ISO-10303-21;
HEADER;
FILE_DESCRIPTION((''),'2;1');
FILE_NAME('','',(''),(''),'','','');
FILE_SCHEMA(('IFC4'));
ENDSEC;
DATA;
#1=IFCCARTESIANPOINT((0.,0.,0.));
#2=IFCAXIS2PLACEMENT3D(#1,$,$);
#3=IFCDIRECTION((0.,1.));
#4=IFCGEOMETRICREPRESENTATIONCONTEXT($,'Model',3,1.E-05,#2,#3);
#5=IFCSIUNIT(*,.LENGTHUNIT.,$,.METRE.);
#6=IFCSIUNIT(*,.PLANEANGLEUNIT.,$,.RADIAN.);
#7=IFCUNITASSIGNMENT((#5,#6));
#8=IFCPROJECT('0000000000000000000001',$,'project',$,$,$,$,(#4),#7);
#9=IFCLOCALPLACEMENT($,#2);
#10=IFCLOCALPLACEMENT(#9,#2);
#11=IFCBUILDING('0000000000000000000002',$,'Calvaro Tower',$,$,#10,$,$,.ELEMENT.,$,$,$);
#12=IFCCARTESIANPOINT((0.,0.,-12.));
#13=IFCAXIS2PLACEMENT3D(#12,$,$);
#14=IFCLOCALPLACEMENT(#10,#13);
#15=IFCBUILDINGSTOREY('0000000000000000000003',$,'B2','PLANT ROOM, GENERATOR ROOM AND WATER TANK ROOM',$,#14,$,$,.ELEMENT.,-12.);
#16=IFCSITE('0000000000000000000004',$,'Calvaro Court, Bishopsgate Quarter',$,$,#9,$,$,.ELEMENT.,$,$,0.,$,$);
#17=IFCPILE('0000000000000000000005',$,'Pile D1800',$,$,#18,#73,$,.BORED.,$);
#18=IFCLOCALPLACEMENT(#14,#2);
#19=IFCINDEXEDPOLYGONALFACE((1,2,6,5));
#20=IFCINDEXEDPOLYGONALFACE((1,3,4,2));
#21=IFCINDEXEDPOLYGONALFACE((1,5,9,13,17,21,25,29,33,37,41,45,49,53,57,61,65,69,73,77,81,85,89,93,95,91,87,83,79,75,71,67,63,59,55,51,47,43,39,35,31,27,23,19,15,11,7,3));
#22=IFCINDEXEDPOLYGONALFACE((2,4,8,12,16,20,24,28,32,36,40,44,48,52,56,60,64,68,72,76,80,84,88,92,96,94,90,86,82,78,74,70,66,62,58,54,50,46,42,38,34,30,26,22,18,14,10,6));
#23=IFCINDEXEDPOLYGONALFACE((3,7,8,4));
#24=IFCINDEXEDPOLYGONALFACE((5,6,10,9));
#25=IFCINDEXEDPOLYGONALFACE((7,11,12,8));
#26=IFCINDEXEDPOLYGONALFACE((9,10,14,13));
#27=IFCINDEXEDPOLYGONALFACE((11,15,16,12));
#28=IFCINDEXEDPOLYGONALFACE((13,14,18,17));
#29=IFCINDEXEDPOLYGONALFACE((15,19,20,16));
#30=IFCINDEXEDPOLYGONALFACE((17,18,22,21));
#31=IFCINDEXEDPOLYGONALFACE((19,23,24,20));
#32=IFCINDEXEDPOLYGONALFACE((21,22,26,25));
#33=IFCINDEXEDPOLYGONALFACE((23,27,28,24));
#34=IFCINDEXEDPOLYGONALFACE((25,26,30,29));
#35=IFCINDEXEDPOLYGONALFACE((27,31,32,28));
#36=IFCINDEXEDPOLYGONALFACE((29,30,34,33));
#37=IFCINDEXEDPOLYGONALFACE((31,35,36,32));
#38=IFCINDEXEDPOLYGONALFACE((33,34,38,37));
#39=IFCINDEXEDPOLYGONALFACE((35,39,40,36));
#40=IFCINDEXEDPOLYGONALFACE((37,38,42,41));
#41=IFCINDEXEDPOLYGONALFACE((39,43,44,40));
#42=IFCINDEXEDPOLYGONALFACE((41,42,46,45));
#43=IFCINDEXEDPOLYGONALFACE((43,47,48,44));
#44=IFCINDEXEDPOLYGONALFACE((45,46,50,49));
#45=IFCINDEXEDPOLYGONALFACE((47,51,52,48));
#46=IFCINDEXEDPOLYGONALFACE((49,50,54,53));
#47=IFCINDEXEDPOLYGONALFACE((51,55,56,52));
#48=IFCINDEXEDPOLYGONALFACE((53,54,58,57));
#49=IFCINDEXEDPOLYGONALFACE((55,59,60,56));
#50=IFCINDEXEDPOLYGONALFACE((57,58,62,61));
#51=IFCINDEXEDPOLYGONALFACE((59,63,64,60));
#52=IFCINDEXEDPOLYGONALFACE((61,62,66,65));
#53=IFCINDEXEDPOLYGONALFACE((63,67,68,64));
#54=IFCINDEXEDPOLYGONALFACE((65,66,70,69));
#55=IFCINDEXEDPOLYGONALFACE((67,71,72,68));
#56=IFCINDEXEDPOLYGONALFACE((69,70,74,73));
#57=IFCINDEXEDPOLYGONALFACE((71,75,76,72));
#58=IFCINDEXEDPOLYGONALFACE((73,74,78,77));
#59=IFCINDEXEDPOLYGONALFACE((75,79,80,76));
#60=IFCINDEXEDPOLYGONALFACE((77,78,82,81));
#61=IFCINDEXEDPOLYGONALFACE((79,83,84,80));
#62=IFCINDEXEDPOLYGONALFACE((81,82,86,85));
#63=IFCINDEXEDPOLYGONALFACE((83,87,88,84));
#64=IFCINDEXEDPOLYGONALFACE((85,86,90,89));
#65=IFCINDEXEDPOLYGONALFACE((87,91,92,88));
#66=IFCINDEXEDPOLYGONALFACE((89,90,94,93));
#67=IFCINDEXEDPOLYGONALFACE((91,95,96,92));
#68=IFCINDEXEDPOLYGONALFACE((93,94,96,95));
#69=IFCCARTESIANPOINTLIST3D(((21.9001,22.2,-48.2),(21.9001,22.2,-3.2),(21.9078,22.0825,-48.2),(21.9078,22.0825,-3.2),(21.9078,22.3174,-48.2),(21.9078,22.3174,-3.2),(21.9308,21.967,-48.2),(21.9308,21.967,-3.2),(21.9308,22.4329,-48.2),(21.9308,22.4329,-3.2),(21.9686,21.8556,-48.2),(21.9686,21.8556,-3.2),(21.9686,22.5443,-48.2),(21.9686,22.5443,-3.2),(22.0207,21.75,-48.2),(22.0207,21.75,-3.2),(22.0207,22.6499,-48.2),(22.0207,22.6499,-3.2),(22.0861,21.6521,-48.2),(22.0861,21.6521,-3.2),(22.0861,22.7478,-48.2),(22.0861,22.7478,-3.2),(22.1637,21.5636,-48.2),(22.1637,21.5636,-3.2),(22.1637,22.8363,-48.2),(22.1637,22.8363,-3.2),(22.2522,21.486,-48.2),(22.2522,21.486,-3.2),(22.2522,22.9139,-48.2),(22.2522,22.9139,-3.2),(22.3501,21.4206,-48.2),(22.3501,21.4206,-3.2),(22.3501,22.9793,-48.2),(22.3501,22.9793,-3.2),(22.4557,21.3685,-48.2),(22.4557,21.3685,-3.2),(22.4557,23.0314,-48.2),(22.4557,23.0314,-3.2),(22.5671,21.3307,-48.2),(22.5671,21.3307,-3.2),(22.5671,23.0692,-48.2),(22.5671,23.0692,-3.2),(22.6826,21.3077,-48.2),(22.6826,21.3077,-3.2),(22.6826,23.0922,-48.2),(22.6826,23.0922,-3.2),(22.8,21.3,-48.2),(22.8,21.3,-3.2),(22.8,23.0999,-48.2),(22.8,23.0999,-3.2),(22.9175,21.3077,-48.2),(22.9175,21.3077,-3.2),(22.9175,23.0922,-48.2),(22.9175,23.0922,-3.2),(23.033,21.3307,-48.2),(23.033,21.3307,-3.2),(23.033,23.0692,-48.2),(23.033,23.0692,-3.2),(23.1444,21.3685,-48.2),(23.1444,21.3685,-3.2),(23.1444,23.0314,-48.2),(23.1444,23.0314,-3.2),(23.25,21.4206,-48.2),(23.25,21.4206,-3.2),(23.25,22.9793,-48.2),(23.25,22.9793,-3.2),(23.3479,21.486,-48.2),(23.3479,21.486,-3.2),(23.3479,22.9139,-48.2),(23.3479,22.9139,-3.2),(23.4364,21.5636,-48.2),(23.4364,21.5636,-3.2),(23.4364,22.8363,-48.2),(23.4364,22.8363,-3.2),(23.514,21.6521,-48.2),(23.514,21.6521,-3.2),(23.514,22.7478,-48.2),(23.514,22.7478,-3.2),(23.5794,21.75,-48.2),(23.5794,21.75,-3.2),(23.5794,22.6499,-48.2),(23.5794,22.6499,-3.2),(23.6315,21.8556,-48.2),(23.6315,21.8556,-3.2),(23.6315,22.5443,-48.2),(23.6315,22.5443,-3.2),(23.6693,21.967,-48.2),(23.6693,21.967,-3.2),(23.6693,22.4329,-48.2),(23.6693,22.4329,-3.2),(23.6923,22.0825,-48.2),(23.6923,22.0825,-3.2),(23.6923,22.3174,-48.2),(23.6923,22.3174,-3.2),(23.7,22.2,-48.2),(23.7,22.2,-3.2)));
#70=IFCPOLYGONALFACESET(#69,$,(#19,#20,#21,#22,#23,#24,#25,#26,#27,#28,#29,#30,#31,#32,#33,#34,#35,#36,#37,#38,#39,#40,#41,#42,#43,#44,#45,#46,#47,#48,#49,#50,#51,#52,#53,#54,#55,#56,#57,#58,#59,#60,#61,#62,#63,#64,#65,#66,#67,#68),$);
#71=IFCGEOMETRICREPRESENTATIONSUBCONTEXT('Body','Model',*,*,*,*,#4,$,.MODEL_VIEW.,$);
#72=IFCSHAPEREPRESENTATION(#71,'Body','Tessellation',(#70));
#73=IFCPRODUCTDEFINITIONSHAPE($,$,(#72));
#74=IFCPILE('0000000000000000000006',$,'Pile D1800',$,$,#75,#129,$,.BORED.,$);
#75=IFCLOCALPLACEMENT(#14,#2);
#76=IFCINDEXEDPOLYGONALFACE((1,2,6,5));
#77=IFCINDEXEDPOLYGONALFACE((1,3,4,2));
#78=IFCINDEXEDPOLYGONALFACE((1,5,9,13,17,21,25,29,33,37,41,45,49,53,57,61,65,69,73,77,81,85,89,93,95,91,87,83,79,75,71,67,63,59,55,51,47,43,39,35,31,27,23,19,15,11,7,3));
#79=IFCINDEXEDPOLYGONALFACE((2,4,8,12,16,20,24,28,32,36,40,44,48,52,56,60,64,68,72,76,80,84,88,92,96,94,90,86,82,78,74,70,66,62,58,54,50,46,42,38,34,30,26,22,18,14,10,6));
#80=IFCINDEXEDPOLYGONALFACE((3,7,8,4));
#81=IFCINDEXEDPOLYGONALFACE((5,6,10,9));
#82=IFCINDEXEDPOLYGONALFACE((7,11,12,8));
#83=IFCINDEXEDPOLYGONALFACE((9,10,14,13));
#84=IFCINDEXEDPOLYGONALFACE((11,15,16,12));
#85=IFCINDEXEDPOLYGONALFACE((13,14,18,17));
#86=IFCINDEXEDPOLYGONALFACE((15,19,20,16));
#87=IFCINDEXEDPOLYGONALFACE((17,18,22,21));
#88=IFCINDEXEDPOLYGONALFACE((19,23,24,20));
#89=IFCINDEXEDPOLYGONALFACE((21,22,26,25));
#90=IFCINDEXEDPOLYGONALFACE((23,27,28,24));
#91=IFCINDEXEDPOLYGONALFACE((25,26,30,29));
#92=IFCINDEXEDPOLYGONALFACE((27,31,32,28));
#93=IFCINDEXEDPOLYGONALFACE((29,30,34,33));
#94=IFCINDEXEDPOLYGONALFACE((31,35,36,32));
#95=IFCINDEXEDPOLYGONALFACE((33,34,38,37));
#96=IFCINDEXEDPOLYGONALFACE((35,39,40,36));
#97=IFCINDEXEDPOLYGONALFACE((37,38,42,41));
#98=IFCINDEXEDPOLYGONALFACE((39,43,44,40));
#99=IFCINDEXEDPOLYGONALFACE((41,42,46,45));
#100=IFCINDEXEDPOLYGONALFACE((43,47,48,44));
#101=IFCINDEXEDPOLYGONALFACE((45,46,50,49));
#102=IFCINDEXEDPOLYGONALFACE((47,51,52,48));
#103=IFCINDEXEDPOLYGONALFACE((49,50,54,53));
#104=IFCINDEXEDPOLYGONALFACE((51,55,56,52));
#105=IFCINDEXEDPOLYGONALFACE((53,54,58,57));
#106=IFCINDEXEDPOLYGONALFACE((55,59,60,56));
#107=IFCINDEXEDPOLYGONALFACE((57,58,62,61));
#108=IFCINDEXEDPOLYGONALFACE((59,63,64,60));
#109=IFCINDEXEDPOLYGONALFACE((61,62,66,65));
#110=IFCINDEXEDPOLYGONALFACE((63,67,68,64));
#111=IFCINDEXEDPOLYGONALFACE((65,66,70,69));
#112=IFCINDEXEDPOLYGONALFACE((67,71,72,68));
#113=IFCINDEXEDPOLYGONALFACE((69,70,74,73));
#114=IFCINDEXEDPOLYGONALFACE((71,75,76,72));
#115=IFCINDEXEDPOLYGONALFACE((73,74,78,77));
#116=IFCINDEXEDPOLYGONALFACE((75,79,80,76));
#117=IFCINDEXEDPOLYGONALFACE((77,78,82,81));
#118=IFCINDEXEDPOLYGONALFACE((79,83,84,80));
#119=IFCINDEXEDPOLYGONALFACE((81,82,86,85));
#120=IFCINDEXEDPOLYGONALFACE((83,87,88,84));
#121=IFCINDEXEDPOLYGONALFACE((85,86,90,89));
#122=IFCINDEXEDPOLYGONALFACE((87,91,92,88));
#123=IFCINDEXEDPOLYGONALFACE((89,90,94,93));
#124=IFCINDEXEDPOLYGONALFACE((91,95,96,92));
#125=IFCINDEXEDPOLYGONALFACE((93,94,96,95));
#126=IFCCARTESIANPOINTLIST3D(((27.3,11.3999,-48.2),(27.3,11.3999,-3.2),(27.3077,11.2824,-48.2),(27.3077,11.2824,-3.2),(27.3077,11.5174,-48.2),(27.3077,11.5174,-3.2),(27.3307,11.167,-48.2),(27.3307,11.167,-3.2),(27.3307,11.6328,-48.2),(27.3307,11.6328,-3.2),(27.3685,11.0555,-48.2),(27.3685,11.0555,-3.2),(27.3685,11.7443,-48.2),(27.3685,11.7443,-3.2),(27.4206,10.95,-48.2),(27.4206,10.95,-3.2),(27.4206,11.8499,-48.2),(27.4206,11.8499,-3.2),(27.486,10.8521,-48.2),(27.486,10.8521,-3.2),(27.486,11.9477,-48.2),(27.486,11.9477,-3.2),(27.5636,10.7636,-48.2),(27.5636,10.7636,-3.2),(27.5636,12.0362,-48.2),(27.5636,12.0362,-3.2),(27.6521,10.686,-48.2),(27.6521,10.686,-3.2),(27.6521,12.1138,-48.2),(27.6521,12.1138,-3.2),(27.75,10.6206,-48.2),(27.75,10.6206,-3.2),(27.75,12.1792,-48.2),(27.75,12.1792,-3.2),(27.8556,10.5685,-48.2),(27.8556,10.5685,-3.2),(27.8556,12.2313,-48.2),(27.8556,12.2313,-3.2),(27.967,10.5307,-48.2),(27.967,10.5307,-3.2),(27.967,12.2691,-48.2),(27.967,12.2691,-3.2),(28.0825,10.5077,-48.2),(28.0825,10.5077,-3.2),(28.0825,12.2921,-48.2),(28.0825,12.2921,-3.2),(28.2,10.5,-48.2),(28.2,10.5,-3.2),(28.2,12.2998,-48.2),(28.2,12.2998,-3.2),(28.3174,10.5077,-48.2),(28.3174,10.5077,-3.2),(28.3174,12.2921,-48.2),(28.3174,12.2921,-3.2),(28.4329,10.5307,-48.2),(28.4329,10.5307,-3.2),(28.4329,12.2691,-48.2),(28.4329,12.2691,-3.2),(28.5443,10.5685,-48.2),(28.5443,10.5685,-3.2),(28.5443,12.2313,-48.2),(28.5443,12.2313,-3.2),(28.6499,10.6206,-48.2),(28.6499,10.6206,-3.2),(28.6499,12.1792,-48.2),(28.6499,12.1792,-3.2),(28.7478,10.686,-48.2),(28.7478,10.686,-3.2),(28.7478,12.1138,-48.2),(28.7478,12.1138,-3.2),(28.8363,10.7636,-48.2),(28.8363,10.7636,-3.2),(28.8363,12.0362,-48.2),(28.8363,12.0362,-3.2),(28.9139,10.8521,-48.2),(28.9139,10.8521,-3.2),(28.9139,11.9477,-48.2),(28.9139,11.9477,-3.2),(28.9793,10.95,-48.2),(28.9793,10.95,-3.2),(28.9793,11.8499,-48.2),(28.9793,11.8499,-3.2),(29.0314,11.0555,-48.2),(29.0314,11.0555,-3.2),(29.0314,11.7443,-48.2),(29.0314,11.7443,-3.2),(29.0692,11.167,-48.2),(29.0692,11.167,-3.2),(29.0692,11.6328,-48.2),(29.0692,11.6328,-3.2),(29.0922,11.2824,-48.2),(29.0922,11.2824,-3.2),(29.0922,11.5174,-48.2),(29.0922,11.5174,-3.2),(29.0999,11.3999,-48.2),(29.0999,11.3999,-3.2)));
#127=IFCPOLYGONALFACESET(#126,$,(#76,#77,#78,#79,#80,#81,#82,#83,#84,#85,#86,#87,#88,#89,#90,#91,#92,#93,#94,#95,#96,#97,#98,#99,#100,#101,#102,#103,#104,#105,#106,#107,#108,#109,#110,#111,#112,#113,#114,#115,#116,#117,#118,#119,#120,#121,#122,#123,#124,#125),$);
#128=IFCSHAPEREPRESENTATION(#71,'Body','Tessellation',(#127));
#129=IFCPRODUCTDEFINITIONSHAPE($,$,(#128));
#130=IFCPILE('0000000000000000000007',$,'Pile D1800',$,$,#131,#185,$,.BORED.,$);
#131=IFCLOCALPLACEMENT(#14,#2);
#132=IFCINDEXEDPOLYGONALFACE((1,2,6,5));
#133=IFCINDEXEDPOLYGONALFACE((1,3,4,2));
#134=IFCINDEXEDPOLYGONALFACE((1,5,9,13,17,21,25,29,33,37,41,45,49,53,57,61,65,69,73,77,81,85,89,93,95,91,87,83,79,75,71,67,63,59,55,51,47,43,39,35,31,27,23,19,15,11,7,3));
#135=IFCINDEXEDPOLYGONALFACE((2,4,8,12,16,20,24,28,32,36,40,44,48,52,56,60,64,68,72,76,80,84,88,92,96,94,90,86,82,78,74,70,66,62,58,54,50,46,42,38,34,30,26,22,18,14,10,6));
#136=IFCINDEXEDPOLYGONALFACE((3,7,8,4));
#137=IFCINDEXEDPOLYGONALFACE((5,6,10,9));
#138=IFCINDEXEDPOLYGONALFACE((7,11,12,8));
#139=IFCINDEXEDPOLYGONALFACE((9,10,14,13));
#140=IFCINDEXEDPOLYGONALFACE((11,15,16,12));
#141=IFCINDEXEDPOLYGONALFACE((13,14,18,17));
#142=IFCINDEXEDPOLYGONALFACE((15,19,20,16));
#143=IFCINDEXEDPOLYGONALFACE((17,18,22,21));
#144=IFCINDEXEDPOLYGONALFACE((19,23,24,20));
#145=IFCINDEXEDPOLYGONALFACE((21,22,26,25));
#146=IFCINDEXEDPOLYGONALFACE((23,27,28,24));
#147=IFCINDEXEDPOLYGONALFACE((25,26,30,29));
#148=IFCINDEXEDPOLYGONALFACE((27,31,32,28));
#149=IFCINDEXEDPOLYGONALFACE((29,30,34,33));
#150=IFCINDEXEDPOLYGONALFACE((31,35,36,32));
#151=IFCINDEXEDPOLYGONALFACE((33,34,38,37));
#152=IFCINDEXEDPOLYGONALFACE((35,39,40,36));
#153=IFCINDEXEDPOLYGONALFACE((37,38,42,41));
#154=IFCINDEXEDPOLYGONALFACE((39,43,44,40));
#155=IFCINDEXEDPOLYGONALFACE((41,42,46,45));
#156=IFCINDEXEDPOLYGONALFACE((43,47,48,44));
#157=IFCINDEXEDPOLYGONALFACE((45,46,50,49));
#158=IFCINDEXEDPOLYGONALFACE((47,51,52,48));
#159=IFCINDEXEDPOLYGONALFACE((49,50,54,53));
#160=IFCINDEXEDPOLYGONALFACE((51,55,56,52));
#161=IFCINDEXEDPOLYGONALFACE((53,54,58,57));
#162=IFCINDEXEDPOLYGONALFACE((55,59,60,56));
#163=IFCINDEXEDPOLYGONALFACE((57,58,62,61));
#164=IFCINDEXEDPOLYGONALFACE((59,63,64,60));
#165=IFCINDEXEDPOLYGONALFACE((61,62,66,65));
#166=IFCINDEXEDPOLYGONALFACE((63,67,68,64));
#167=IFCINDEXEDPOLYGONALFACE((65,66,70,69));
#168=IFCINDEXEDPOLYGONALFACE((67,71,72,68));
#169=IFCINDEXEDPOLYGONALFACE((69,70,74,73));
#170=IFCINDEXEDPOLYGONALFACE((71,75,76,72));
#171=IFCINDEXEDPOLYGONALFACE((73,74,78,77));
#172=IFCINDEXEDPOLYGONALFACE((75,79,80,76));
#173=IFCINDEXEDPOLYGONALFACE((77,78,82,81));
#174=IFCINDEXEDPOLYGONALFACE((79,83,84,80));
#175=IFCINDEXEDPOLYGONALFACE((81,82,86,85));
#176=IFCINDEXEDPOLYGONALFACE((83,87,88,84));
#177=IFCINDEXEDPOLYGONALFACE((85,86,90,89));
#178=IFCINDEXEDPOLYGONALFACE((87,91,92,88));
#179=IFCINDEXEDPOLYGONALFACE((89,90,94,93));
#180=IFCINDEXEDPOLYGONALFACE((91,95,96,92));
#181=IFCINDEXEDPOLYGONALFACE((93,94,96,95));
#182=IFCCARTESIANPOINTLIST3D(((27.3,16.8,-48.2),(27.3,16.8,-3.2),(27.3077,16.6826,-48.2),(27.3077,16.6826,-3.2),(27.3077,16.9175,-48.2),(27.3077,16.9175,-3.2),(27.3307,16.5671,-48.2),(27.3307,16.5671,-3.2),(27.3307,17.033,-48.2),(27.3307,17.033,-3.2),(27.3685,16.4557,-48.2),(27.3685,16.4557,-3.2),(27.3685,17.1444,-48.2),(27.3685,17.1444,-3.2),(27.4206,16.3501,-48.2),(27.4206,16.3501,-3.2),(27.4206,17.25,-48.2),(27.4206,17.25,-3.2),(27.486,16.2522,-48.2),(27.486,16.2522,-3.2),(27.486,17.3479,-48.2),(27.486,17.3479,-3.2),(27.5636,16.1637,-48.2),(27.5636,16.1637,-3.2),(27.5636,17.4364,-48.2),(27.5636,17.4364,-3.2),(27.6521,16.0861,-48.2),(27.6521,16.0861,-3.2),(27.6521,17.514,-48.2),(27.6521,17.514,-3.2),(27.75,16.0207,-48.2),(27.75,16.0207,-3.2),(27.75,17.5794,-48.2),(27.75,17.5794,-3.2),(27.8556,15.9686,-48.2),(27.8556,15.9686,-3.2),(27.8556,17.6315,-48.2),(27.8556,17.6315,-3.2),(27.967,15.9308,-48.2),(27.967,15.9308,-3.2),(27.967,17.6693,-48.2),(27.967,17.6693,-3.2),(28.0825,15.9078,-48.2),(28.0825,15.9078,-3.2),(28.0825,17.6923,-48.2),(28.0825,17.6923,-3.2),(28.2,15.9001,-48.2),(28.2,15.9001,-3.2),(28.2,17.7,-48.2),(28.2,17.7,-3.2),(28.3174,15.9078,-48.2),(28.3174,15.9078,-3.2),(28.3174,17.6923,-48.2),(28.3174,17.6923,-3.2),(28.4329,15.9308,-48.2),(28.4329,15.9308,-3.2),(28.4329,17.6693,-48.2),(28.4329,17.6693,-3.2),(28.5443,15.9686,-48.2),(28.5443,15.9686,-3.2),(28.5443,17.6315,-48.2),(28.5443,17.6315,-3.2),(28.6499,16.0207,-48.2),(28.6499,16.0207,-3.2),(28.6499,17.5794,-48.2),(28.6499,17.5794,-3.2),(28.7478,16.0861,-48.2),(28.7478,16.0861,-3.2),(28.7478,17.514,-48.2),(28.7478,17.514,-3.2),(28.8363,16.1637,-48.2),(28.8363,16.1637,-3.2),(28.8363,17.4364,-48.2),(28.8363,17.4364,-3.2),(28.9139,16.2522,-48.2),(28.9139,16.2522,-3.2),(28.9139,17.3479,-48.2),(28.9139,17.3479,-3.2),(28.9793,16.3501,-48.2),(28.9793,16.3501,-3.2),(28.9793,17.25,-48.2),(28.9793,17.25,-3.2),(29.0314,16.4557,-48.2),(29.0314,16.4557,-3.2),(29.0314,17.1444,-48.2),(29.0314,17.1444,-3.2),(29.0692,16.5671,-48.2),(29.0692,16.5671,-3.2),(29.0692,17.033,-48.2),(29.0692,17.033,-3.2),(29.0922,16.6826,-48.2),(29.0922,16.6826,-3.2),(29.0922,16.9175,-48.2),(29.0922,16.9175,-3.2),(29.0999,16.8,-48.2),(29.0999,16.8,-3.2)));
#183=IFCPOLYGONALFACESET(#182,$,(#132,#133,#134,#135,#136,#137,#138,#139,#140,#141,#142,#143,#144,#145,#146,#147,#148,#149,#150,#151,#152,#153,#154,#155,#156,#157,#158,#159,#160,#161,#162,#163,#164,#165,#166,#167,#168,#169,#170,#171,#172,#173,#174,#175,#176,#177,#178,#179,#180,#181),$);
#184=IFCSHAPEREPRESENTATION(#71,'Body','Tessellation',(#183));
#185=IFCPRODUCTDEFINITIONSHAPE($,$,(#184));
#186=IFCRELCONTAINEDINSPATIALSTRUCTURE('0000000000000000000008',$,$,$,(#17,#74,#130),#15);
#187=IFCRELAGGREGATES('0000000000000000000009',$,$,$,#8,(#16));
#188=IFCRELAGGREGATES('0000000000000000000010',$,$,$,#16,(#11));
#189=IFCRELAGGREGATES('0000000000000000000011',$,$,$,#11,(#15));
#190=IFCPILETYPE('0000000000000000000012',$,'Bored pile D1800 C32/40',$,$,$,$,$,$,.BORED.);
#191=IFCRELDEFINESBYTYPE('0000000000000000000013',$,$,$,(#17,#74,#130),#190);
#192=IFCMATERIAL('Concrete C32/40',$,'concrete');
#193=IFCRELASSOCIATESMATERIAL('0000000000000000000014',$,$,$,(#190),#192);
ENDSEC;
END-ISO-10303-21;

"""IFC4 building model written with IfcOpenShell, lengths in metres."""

from ifc_helpers import new_model, si_unit, direction, frame, origin, origin_2d, place, context, subcontext, project, spatial, circle, extrude, material, material_profile, profile_set, type_object, element, save


model = new_model("IFC4")

# Units and contexts
model_context = context("Model", 3, precision=1e-05, world=origin(), true_north=direction((0.0, 1.0)))
body_context = subcontext(model_context, "Body", "Model", "MODEL_VIEW")
ifc_project = project(units=[si_unit("LENGTHUNIT", "METRE"), si_unit("PLANEANGLEUNIT", "RADIAN")], contexts=[model_context])

# Site, building, storey
site_placement = place(None, origin())
site = spatial("IfcSite", under=ifc_project, at=site_placement, Name="Calvaro Court, Bishopsgate Quarter", CompositionType="ELEMENT", RefElevation=0.0)
building_placement = place(site_placement, origin())
building = spatial("IfcBuilding", under=site, at=building_placement, Name="Calvaro Tower", CompositionType="ELEMENT")
storey_placement = place(building_placement, frame((0.0, 0.0, -12.0)))
storey = spatial("IfcBuildingStorey", under=building, at=storey_placement, Name="B2", Description="PLANT ROOM, GENERATOR ROOM AND WATER TANK ROOM", CompositionType="ELEMENT", Elevation=-12.0)

# Piles
ifc_material_1 = material(Name="Concrete C32/40", Category="concrete")
ifc_material_profile_1 = material_profile(ifc_material_1, circle(Radius=0.8999, at=origin_2d()), Name="Bored pile D1800")
ifc_profile_set_1 = profile_set([ifc_material_profile_1], Name="Concrete C32/40")
pile_type = type_object("IfcPileType", Name="Bored pile D1800 C32/40", PredefinedType="BORED", material=ifc_profile_set_1)
for number, where, z_axis, x_axis, name in (
    (1, (22.8, 22.2, -3.2), (0.0, 0.0, -1.0), (1.0, 0.0, 0.0), "Pile D1800"),
    (2, (28.2, 11.3999, -3.2), (0.0, 0.0, -1.0), (1.0, 0.0, 0.0), "Pile D1800"),
    (3, (28.2, 16.8, -3.2), (0.0, 0.0, -1.0), (1.0, 0.0, 0.0), "Pile D1800"),
):
    element("IfcPile", number, at=place(storey_placement, frame(where, z_axis=z_axis, x_axis=x_axis)), inside=storey, type_object=pile_type, Name=name, PredefinedType="BORED", context=body_context, shape_type="SweptSolid", body=[
        extrude(circle(Radius=0.8999, at=origin_2d()), origin(), (0.0, 0.0, 1.0), 45.0),
    ])

save(model, "model.ifc")
